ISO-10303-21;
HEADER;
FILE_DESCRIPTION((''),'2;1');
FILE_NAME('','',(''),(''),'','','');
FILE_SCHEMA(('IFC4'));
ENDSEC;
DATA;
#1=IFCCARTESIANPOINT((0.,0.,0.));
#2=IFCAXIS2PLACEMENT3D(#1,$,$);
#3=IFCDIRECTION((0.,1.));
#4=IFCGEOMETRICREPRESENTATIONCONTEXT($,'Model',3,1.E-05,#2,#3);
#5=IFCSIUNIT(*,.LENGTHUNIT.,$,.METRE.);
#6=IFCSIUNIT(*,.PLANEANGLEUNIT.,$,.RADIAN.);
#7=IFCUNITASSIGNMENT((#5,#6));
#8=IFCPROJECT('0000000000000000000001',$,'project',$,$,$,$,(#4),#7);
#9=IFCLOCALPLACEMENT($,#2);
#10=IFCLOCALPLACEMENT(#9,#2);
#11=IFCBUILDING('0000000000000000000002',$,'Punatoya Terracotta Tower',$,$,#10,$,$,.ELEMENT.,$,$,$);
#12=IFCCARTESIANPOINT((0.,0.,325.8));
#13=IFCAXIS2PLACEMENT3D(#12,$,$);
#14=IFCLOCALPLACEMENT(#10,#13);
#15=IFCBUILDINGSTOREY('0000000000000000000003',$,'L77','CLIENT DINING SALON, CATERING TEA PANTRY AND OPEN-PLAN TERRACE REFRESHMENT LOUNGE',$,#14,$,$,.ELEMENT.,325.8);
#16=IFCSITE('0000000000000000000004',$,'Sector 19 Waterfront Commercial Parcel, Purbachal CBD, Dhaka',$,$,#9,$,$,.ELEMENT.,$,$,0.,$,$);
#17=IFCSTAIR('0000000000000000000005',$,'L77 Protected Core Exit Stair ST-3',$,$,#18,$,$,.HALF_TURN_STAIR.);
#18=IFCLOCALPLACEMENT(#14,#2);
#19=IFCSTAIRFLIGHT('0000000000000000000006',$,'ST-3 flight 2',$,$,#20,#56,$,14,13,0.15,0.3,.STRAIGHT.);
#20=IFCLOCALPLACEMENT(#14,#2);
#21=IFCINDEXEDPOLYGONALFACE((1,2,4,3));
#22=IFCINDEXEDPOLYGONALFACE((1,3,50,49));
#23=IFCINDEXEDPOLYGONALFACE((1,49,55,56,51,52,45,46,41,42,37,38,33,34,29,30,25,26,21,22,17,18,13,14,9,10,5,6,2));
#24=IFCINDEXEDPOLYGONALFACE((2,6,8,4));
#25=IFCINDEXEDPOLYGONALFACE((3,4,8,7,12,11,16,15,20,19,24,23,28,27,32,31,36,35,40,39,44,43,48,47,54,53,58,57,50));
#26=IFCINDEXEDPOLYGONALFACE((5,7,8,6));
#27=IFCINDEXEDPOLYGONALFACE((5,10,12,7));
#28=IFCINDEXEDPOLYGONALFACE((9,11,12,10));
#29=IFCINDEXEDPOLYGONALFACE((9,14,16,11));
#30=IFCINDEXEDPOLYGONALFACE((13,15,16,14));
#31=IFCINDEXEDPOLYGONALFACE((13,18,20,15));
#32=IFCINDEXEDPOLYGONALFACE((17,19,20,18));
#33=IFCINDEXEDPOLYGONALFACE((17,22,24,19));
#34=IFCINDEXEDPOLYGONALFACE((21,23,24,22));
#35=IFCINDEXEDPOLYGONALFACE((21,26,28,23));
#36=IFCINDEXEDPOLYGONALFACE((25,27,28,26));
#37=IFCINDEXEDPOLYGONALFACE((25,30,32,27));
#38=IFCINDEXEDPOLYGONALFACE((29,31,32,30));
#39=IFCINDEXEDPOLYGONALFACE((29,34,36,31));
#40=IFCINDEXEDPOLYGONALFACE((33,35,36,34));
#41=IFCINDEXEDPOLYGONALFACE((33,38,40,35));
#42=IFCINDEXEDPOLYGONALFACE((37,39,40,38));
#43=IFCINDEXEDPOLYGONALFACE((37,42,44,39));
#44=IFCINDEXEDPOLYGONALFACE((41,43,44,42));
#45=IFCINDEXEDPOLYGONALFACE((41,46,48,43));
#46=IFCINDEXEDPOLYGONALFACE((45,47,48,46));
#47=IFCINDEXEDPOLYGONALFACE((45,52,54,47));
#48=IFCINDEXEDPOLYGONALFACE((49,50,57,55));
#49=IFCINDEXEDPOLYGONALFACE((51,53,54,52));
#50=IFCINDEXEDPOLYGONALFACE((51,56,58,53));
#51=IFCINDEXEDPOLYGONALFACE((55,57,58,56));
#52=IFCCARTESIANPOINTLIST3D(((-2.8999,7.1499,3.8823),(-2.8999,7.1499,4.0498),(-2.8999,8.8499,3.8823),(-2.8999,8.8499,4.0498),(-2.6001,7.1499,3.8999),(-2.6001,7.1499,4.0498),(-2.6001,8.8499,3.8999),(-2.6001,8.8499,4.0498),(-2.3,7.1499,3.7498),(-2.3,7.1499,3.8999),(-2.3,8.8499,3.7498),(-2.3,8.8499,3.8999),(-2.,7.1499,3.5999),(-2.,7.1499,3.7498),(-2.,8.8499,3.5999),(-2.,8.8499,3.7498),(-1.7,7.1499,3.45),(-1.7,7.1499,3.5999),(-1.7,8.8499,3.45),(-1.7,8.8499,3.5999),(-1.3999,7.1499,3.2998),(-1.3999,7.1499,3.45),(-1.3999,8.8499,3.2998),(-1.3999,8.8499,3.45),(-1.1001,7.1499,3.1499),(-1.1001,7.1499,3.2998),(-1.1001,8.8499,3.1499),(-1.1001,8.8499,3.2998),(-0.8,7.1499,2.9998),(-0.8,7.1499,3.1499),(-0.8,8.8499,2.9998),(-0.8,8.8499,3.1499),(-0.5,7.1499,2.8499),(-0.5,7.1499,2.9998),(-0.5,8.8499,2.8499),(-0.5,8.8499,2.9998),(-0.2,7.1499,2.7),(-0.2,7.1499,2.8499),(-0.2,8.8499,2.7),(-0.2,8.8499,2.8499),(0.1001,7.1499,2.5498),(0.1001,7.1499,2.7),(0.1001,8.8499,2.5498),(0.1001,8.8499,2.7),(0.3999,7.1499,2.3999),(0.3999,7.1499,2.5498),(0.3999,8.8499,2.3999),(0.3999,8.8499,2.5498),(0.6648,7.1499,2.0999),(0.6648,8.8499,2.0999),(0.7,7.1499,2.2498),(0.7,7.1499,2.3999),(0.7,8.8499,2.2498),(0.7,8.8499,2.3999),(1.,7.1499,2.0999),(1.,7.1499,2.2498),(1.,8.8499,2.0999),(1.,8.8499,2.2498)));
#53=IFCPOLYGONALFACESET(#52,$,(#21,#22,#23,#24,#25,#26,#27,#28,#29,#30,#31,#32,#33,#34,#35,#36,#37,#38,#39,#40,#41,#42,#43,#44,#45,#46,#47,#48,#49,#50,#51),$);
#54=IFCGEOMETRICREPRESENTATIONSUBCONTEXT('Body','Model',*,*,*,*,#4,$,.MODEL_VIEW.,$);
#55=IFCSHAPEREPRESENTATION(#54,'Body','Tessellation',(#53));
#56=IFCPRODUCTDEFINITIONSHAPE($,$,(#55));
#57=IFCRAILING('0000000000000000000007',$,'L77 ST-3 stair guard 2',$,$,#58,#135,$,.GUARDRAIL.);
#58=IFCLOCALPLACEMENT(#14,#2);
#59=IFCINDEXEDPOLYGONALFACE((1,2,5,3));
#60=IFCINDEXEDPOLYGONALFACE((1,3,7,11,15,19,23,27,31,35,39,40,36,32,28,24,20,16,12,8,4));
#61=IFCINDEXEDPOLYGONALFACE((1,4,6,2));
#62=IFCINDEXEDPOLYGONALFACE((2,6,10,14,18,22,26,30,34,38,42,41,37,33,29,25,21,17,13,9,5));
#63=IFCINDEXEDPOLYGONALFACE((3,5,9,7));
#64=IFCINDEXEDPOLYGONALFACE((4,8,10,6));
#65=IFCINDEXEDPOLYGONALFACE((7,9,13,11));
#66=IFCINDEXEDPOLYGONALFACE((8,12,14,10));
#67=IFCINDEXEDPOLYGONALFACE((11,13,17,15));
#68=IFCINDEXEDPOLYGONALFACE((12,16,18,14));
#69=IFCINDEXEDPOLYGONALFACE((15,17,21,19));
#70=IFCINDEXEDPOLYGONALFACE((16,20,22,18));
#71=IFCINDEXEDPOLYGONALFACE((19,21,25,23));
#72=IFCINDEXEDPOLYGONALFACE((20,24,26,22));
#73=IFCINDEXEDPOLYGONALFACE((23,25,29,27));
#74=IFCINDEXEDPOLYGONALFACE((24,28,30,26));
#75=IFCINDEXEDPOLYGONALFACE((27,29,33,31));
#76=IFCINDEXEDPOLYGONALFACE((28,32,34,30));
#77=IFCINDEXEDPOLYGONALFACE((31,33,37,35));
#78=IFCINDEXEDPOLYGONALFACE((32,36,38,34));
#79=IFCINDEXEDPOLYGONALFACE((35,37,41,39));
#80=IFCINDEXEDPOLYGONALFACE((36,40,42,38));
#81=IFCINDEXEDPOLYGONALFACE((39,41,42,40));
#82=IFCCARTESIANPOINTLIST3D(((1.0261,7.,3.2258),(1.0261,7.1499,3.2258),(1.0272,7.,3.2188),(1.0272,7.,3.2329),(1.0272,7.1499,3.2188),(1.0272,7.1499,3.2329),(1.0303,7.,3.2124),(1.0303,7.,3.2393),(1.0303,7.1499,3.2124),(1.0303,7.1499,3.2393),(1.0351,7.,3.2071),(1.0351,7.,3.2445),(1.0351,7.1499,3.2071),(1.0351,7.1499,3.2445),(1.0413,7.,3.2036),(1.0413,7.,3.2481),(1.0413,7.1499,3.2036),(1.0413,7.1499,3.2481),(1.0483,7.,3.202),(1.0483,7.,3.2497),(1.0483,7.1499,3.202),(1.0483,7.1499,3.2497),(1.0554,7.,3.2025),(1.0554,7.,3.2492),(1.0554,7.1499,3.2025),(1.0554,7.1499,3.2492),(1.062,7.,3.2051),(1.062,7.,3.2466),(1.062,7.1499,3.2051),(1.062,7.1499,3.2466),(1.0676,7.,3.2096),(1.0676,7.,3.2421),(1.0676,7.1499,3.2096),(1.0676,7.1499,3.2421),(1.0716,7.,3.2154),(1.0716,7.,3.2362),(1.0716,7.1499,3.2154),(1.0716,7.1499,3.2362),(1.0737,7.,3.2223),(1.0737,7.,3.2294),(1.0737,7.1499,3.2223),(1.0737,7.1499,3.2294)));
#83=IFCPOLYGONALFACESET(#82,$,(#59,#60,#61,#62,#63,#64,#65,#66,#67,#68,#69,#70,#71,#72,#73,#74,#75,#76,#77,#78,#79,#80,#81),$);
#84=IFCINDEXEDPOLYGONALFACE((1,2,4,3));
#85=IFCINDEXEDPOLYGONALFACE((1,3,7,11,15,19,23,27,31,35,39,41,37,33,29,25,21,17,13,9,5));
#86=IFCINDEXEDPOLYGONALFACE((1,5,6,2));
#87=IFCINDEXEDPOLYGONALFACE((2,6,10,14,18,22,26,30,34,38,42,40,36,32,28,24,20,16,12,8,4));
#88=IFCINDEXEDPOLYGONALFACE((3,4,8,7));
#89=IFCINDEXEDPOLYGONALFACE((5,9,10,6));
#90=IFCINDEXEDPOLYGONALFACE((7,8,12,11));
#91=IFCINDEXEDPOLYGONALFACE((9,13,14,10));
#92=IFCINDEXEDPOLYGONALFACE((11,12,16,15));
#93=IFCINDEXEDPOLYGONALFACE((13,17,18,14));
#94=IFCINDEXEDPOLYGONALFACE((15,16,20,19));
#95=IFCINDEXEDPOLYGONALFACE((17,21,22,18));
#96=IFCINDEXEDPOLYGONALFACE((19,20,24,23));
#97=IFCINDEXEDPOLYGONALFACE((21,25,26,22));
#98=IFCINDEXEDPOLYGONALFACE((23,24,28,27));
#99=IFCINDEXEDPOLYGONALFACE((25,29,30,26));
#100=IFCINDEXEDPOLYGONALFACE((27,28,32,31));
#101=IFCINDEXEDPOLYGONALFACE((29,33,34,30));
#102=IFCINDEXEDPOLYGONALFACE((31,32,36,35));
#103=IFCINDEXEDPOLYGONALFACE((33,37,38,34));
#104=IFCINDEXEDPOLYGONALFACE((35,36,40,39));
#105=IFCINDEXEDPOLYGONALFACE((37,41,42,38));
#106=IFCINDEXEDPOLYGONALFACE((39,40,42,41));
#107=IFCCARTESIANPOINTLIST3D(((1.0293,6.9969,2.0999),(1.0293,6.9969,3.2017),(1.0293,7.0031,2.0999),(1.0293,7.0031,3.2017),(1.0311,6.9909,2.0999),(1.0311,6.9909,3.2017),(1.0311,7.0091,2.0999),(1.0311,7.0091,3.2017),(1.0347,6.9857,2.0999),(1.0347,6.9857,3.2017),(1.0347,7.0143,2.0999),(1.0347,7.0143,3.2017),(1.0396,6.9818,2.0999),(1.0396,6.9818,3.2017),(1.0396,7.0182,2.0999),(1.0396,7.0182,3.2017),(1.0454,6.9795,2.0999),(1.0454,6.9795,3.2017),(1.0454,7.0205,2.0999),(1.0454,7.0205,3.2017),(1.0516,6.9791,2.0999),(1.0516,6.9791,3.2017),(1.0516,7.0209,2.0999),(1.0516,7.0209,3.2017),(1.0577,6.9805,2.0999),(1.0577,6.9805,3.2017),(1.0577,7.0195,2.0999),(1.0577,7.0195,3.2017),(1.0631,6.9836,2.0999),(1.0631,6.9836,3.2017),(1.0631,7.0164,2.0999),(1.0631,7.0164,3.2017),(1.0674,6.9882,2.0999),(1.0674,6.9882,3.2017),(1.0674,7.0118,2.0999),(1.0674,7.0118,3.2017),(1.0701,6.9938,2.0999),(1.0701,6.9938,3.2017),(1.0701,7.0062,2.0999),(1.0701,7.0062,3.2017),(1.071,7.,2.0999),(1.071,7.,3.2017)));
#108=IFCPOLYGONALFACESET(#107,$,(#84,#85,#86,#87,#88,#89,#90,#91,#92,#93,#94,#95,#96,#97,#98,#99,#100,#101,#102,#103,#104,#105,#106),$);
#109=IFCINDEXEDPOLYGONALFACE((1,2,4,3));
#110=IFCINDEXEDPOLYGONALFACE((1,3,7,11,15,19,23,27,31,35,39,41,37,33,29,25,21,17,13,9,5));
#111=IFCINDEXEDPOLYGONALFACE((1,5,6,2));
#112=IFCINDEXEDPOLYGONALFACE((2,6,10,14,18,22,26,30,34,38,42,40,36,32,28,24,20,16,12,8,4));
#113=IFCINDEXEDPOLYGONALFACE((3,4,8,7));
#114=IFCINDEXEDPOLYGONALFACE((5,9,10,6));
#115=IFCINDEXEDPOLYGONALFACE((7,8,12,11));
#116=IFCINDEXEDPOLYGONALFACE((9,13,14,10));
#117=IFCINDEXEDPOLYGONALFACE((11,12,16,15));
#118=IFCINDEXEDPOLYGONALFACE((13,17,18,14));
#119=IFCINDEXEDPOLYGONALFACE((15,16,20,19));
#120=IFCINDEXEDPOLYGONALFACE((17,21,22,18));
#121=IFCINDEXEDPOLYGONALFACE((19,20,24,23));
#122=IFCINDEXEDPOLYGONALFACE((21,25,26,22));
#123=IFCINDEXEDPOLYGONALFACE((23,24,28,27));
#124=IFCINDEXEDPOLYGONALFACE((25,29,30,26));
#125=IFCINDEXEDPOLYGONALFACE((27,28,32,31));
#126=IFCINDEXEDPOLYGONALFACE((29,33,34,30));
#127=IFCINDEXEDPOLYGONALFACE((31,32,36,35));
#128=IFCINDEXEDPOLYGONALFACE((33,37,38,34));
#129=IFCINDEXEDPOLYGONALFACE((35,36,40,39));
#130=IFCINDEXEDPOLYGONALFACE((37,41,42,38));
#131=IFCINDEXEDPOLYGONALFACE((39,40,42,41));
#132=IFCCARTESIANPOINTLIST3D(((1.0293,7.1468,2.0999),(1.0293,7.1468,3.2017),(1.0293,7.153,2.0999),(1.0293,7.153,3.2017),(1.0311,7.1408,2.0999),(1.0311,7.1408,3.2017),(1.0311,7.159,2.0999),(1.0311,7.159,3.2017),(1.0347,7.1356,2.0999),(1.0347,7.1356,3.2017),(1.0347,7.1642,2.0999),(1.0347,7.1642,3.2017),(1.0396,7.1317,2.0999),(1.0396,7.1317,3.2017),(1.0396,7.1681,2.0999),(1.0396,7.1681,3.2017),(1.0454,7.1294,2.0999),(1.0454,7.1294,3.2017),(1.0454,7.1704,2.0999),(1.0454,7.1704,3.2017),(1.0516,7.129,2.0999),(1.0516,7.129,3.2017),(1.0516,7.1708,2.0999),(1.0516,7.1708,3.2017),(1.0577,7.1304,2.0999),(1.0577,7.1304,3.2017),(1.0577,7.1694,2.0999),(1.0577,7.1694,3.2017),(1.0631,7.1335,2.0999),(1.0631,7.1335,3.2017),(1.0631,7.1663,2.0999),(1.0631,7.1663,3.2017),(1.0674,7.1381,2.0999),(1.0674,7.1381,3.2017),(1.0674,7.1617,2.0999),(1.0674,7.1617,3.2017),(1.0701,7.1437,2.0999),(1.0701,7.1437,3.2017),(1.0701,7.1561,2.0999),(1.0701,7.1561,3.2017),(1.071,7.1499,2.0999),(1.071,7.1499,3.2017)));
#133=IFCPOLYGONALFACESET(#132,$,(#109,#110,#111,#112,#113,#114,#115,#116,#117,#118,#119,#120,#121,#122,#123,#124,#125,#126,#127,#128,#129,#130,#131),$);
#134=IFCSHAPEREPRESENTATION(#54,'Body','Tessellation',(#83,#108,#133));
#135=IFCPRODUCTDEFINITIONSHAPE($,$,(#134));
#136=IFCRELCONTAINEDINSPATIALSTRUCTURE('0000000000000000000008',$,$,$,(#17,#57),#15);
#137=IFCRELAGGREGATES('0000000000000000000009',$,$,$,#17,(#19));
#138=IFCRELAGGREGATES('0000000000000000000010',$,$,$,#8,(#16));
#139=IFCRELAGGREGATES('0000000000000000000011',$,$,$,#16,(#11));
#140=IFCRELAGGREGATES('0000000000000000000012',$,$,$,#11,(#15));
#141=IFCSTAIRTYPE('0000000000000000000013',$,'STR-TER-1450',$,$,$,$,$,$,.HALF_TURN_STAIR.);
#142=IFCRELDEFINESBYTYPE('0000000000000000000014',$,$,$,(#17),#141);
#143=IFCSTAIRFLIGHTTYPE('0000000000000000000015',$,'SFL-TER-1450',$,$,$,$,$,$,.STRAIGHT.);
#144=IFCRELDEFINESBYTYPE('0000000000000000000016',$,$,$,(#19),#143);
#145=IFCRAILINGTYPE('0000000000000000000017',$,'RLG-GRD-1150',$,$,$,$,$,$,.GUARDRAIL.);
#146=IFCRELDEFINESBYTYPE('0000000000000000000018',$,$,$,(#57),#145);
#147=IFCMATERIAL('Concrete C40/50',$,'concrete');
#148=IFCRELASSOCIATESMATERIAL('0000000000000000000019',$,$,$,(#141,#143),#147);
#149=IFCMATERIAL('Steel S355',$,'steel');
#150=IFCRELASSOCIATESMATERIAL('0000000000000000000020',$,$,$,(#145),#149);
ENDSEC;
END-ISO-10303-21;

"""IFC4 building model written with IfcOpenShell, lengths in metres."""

from ifc_helpers import new_model, si_unit, direction, frame, origin, origin_2d, place, context, subcontext, project, spatial, polyline, circle, outline, extrude, material, type_object, element, aggregate, save


model = new_model("IFC4")

# Units and contexts
model_context = context("Model", 3, precision=1e-05, world=origin(), true_north=direction((0.0, 1.0)))
body_context = subcontext(model_context, "Body", "Model", "MODEL_VIEW")
ifc_project = project(units=[si_unit("LENGTHUNIT", "METRE"), si_unit("PLANEANGLEUNIT", "RADIAN")], contexts=[model_context])

# Site, building, storey
site_placement = place(None, origin())
site = spatial("IfcSite", under=ifc_project, at=site_placement, Name="Sector 19 Waterfront Commercial Parcel, Purbachal CBD, Dhaka", CompositionType="ELEMENT", RefElevation=0.0)
building_placement = place(site_placement, origin())
building = spatial("IfcBuilding", under=site, at=building_placement, Name="Punatoya Terracotta Tower", CompositionType="ELEMENT")
storey_placement = place(building_placement, frame((0.0, 0.0, 325.8)))
storey = spatial("IfcBuildingStorey", under=building, at=storey_placement, Name="L77", Description="CLIENT DINING SALON, CATERING TEA PANTRY AND OPEN-PLAN TERRACE REFRESHMENT LOUNGE", CompositionType="ELEMENT", Elevation=325.8)

# Shared definitions
ifc_material_1 = material(Name="Steel S355", Category="steel")

# Shared definitions
ifc_material_2 = material(Name="Concrete C40/50", Category="concrete")

# Stair, stair flight
stair_type = type_object("IfcStairType", Name="STR-TER-1450", PredefinedType="HALF_TURN_STAIR", material=ifc_material_2)
stair_placement = place(storey_placement, origin())
stair = element("IfcStair", 1, at=stair_placement, inside=storey, type_object=stair_type, Name="L77 Protected Core Exit Stair ST-3", PredefinedType="HALF_TURN_STAIR")
stair_flight_type = type_object("IfcStairFlightType", Name="SFL-TER-1450", PredefinedType="STRAIGHT", material=ifc_material_2)
stair_flight_placement = place(storey_placement, frame((1.0, 8.0, 2.0999), z_axis=(0.0, 0.0, 1.0), x_axis=(-1.0, 0.0, 0.0)))
stair_flight = element("IfcStairFlight", 2, at=stair_flight_placement, type_object=stair_flight_type, Name="ST-3 flight 2", NumberOfRisers=14, NumberOfTreads=13, PredefinedType="STRAIGHT", RiserHeight=0.15, TreadLength=0.3, context=body_context, shape_type="SweptSolid", body=[
    extrude(outline(polyline([(0.0, 0.0), (0.0, 0.1499), (0.3, 0.1499), (0.3, 0.3), (0.6001, 0.3), (0.6001, 0.45), (0.8999, 0.45), (0.8999, 0.6001), (1.2, 0.6001), (1.2, 0.75), (1.5, 0.75), (1.5, 0.8999), (1.8, 0.8999), (1.8, 1.05), (2.1001, 1.05), (2.1001, 1.2), (2.3999, 1.2), (2.3999, 1.3501), (2.7, 1.3501), (2.7, 1.5), (3.0, 1.5), (3.0, 1.6499), (3.3, 1.6499), (3.3, 1.8), (3.6001, 1.8), (3.6001, 1.95), (3.8999, 1.95), (3.8999, 2.1001), (3.8999, 1.7825), (0.3352, 0.0), (0.0, 0.0)])), frame((0.0, 0.8501, 0.0), z_axis=(0.0, -1.0, 0.0), x_axis=(1.0, 0.0, 0.0)), (0.0, 0.0, 1.0), 1.7),
])
aggregate(stair, [stair_flight])

# Railing
railing_type_1 = type_object("IfcRailingType", Name="RLG-GRD-1150", PredefinedType="GUARDRAIL", material=ifc_material_1)
railing_1_placement = place(storey_placement, frame((1.05, 7.0, 2.0999)))
element("IfcRailing", 3, at=railing_1_placement, inside=storey, type_object=railing_type_1, Name="L77 ST-3 stair guard 2", PredefinedType="GUARDRAIL", context=body_context, shape_type="SweptSolid", body=[
    extrude(circle(Radius=0.0239, at=origin_2d()), frame((0.0, 0.0, 1.126), z_axis=(0.0, 1.0, 0.0), x_axis=(-1.0, 0.0, 0.0)), (0.0, 0.0, 1.0), 0.1499),
    extrude(circle(Radius=0.021, at=origin_2d()), origin(), (0.0, 0.0, 1.0), 1.1018),
    extrude(circle(Radius=0.021, at=origin_2d()), frame((0.0, 0.1499, 0.0)), (0.0, 0.0, 1.0), 1.1018),
])

save(model, "model.ifc")
